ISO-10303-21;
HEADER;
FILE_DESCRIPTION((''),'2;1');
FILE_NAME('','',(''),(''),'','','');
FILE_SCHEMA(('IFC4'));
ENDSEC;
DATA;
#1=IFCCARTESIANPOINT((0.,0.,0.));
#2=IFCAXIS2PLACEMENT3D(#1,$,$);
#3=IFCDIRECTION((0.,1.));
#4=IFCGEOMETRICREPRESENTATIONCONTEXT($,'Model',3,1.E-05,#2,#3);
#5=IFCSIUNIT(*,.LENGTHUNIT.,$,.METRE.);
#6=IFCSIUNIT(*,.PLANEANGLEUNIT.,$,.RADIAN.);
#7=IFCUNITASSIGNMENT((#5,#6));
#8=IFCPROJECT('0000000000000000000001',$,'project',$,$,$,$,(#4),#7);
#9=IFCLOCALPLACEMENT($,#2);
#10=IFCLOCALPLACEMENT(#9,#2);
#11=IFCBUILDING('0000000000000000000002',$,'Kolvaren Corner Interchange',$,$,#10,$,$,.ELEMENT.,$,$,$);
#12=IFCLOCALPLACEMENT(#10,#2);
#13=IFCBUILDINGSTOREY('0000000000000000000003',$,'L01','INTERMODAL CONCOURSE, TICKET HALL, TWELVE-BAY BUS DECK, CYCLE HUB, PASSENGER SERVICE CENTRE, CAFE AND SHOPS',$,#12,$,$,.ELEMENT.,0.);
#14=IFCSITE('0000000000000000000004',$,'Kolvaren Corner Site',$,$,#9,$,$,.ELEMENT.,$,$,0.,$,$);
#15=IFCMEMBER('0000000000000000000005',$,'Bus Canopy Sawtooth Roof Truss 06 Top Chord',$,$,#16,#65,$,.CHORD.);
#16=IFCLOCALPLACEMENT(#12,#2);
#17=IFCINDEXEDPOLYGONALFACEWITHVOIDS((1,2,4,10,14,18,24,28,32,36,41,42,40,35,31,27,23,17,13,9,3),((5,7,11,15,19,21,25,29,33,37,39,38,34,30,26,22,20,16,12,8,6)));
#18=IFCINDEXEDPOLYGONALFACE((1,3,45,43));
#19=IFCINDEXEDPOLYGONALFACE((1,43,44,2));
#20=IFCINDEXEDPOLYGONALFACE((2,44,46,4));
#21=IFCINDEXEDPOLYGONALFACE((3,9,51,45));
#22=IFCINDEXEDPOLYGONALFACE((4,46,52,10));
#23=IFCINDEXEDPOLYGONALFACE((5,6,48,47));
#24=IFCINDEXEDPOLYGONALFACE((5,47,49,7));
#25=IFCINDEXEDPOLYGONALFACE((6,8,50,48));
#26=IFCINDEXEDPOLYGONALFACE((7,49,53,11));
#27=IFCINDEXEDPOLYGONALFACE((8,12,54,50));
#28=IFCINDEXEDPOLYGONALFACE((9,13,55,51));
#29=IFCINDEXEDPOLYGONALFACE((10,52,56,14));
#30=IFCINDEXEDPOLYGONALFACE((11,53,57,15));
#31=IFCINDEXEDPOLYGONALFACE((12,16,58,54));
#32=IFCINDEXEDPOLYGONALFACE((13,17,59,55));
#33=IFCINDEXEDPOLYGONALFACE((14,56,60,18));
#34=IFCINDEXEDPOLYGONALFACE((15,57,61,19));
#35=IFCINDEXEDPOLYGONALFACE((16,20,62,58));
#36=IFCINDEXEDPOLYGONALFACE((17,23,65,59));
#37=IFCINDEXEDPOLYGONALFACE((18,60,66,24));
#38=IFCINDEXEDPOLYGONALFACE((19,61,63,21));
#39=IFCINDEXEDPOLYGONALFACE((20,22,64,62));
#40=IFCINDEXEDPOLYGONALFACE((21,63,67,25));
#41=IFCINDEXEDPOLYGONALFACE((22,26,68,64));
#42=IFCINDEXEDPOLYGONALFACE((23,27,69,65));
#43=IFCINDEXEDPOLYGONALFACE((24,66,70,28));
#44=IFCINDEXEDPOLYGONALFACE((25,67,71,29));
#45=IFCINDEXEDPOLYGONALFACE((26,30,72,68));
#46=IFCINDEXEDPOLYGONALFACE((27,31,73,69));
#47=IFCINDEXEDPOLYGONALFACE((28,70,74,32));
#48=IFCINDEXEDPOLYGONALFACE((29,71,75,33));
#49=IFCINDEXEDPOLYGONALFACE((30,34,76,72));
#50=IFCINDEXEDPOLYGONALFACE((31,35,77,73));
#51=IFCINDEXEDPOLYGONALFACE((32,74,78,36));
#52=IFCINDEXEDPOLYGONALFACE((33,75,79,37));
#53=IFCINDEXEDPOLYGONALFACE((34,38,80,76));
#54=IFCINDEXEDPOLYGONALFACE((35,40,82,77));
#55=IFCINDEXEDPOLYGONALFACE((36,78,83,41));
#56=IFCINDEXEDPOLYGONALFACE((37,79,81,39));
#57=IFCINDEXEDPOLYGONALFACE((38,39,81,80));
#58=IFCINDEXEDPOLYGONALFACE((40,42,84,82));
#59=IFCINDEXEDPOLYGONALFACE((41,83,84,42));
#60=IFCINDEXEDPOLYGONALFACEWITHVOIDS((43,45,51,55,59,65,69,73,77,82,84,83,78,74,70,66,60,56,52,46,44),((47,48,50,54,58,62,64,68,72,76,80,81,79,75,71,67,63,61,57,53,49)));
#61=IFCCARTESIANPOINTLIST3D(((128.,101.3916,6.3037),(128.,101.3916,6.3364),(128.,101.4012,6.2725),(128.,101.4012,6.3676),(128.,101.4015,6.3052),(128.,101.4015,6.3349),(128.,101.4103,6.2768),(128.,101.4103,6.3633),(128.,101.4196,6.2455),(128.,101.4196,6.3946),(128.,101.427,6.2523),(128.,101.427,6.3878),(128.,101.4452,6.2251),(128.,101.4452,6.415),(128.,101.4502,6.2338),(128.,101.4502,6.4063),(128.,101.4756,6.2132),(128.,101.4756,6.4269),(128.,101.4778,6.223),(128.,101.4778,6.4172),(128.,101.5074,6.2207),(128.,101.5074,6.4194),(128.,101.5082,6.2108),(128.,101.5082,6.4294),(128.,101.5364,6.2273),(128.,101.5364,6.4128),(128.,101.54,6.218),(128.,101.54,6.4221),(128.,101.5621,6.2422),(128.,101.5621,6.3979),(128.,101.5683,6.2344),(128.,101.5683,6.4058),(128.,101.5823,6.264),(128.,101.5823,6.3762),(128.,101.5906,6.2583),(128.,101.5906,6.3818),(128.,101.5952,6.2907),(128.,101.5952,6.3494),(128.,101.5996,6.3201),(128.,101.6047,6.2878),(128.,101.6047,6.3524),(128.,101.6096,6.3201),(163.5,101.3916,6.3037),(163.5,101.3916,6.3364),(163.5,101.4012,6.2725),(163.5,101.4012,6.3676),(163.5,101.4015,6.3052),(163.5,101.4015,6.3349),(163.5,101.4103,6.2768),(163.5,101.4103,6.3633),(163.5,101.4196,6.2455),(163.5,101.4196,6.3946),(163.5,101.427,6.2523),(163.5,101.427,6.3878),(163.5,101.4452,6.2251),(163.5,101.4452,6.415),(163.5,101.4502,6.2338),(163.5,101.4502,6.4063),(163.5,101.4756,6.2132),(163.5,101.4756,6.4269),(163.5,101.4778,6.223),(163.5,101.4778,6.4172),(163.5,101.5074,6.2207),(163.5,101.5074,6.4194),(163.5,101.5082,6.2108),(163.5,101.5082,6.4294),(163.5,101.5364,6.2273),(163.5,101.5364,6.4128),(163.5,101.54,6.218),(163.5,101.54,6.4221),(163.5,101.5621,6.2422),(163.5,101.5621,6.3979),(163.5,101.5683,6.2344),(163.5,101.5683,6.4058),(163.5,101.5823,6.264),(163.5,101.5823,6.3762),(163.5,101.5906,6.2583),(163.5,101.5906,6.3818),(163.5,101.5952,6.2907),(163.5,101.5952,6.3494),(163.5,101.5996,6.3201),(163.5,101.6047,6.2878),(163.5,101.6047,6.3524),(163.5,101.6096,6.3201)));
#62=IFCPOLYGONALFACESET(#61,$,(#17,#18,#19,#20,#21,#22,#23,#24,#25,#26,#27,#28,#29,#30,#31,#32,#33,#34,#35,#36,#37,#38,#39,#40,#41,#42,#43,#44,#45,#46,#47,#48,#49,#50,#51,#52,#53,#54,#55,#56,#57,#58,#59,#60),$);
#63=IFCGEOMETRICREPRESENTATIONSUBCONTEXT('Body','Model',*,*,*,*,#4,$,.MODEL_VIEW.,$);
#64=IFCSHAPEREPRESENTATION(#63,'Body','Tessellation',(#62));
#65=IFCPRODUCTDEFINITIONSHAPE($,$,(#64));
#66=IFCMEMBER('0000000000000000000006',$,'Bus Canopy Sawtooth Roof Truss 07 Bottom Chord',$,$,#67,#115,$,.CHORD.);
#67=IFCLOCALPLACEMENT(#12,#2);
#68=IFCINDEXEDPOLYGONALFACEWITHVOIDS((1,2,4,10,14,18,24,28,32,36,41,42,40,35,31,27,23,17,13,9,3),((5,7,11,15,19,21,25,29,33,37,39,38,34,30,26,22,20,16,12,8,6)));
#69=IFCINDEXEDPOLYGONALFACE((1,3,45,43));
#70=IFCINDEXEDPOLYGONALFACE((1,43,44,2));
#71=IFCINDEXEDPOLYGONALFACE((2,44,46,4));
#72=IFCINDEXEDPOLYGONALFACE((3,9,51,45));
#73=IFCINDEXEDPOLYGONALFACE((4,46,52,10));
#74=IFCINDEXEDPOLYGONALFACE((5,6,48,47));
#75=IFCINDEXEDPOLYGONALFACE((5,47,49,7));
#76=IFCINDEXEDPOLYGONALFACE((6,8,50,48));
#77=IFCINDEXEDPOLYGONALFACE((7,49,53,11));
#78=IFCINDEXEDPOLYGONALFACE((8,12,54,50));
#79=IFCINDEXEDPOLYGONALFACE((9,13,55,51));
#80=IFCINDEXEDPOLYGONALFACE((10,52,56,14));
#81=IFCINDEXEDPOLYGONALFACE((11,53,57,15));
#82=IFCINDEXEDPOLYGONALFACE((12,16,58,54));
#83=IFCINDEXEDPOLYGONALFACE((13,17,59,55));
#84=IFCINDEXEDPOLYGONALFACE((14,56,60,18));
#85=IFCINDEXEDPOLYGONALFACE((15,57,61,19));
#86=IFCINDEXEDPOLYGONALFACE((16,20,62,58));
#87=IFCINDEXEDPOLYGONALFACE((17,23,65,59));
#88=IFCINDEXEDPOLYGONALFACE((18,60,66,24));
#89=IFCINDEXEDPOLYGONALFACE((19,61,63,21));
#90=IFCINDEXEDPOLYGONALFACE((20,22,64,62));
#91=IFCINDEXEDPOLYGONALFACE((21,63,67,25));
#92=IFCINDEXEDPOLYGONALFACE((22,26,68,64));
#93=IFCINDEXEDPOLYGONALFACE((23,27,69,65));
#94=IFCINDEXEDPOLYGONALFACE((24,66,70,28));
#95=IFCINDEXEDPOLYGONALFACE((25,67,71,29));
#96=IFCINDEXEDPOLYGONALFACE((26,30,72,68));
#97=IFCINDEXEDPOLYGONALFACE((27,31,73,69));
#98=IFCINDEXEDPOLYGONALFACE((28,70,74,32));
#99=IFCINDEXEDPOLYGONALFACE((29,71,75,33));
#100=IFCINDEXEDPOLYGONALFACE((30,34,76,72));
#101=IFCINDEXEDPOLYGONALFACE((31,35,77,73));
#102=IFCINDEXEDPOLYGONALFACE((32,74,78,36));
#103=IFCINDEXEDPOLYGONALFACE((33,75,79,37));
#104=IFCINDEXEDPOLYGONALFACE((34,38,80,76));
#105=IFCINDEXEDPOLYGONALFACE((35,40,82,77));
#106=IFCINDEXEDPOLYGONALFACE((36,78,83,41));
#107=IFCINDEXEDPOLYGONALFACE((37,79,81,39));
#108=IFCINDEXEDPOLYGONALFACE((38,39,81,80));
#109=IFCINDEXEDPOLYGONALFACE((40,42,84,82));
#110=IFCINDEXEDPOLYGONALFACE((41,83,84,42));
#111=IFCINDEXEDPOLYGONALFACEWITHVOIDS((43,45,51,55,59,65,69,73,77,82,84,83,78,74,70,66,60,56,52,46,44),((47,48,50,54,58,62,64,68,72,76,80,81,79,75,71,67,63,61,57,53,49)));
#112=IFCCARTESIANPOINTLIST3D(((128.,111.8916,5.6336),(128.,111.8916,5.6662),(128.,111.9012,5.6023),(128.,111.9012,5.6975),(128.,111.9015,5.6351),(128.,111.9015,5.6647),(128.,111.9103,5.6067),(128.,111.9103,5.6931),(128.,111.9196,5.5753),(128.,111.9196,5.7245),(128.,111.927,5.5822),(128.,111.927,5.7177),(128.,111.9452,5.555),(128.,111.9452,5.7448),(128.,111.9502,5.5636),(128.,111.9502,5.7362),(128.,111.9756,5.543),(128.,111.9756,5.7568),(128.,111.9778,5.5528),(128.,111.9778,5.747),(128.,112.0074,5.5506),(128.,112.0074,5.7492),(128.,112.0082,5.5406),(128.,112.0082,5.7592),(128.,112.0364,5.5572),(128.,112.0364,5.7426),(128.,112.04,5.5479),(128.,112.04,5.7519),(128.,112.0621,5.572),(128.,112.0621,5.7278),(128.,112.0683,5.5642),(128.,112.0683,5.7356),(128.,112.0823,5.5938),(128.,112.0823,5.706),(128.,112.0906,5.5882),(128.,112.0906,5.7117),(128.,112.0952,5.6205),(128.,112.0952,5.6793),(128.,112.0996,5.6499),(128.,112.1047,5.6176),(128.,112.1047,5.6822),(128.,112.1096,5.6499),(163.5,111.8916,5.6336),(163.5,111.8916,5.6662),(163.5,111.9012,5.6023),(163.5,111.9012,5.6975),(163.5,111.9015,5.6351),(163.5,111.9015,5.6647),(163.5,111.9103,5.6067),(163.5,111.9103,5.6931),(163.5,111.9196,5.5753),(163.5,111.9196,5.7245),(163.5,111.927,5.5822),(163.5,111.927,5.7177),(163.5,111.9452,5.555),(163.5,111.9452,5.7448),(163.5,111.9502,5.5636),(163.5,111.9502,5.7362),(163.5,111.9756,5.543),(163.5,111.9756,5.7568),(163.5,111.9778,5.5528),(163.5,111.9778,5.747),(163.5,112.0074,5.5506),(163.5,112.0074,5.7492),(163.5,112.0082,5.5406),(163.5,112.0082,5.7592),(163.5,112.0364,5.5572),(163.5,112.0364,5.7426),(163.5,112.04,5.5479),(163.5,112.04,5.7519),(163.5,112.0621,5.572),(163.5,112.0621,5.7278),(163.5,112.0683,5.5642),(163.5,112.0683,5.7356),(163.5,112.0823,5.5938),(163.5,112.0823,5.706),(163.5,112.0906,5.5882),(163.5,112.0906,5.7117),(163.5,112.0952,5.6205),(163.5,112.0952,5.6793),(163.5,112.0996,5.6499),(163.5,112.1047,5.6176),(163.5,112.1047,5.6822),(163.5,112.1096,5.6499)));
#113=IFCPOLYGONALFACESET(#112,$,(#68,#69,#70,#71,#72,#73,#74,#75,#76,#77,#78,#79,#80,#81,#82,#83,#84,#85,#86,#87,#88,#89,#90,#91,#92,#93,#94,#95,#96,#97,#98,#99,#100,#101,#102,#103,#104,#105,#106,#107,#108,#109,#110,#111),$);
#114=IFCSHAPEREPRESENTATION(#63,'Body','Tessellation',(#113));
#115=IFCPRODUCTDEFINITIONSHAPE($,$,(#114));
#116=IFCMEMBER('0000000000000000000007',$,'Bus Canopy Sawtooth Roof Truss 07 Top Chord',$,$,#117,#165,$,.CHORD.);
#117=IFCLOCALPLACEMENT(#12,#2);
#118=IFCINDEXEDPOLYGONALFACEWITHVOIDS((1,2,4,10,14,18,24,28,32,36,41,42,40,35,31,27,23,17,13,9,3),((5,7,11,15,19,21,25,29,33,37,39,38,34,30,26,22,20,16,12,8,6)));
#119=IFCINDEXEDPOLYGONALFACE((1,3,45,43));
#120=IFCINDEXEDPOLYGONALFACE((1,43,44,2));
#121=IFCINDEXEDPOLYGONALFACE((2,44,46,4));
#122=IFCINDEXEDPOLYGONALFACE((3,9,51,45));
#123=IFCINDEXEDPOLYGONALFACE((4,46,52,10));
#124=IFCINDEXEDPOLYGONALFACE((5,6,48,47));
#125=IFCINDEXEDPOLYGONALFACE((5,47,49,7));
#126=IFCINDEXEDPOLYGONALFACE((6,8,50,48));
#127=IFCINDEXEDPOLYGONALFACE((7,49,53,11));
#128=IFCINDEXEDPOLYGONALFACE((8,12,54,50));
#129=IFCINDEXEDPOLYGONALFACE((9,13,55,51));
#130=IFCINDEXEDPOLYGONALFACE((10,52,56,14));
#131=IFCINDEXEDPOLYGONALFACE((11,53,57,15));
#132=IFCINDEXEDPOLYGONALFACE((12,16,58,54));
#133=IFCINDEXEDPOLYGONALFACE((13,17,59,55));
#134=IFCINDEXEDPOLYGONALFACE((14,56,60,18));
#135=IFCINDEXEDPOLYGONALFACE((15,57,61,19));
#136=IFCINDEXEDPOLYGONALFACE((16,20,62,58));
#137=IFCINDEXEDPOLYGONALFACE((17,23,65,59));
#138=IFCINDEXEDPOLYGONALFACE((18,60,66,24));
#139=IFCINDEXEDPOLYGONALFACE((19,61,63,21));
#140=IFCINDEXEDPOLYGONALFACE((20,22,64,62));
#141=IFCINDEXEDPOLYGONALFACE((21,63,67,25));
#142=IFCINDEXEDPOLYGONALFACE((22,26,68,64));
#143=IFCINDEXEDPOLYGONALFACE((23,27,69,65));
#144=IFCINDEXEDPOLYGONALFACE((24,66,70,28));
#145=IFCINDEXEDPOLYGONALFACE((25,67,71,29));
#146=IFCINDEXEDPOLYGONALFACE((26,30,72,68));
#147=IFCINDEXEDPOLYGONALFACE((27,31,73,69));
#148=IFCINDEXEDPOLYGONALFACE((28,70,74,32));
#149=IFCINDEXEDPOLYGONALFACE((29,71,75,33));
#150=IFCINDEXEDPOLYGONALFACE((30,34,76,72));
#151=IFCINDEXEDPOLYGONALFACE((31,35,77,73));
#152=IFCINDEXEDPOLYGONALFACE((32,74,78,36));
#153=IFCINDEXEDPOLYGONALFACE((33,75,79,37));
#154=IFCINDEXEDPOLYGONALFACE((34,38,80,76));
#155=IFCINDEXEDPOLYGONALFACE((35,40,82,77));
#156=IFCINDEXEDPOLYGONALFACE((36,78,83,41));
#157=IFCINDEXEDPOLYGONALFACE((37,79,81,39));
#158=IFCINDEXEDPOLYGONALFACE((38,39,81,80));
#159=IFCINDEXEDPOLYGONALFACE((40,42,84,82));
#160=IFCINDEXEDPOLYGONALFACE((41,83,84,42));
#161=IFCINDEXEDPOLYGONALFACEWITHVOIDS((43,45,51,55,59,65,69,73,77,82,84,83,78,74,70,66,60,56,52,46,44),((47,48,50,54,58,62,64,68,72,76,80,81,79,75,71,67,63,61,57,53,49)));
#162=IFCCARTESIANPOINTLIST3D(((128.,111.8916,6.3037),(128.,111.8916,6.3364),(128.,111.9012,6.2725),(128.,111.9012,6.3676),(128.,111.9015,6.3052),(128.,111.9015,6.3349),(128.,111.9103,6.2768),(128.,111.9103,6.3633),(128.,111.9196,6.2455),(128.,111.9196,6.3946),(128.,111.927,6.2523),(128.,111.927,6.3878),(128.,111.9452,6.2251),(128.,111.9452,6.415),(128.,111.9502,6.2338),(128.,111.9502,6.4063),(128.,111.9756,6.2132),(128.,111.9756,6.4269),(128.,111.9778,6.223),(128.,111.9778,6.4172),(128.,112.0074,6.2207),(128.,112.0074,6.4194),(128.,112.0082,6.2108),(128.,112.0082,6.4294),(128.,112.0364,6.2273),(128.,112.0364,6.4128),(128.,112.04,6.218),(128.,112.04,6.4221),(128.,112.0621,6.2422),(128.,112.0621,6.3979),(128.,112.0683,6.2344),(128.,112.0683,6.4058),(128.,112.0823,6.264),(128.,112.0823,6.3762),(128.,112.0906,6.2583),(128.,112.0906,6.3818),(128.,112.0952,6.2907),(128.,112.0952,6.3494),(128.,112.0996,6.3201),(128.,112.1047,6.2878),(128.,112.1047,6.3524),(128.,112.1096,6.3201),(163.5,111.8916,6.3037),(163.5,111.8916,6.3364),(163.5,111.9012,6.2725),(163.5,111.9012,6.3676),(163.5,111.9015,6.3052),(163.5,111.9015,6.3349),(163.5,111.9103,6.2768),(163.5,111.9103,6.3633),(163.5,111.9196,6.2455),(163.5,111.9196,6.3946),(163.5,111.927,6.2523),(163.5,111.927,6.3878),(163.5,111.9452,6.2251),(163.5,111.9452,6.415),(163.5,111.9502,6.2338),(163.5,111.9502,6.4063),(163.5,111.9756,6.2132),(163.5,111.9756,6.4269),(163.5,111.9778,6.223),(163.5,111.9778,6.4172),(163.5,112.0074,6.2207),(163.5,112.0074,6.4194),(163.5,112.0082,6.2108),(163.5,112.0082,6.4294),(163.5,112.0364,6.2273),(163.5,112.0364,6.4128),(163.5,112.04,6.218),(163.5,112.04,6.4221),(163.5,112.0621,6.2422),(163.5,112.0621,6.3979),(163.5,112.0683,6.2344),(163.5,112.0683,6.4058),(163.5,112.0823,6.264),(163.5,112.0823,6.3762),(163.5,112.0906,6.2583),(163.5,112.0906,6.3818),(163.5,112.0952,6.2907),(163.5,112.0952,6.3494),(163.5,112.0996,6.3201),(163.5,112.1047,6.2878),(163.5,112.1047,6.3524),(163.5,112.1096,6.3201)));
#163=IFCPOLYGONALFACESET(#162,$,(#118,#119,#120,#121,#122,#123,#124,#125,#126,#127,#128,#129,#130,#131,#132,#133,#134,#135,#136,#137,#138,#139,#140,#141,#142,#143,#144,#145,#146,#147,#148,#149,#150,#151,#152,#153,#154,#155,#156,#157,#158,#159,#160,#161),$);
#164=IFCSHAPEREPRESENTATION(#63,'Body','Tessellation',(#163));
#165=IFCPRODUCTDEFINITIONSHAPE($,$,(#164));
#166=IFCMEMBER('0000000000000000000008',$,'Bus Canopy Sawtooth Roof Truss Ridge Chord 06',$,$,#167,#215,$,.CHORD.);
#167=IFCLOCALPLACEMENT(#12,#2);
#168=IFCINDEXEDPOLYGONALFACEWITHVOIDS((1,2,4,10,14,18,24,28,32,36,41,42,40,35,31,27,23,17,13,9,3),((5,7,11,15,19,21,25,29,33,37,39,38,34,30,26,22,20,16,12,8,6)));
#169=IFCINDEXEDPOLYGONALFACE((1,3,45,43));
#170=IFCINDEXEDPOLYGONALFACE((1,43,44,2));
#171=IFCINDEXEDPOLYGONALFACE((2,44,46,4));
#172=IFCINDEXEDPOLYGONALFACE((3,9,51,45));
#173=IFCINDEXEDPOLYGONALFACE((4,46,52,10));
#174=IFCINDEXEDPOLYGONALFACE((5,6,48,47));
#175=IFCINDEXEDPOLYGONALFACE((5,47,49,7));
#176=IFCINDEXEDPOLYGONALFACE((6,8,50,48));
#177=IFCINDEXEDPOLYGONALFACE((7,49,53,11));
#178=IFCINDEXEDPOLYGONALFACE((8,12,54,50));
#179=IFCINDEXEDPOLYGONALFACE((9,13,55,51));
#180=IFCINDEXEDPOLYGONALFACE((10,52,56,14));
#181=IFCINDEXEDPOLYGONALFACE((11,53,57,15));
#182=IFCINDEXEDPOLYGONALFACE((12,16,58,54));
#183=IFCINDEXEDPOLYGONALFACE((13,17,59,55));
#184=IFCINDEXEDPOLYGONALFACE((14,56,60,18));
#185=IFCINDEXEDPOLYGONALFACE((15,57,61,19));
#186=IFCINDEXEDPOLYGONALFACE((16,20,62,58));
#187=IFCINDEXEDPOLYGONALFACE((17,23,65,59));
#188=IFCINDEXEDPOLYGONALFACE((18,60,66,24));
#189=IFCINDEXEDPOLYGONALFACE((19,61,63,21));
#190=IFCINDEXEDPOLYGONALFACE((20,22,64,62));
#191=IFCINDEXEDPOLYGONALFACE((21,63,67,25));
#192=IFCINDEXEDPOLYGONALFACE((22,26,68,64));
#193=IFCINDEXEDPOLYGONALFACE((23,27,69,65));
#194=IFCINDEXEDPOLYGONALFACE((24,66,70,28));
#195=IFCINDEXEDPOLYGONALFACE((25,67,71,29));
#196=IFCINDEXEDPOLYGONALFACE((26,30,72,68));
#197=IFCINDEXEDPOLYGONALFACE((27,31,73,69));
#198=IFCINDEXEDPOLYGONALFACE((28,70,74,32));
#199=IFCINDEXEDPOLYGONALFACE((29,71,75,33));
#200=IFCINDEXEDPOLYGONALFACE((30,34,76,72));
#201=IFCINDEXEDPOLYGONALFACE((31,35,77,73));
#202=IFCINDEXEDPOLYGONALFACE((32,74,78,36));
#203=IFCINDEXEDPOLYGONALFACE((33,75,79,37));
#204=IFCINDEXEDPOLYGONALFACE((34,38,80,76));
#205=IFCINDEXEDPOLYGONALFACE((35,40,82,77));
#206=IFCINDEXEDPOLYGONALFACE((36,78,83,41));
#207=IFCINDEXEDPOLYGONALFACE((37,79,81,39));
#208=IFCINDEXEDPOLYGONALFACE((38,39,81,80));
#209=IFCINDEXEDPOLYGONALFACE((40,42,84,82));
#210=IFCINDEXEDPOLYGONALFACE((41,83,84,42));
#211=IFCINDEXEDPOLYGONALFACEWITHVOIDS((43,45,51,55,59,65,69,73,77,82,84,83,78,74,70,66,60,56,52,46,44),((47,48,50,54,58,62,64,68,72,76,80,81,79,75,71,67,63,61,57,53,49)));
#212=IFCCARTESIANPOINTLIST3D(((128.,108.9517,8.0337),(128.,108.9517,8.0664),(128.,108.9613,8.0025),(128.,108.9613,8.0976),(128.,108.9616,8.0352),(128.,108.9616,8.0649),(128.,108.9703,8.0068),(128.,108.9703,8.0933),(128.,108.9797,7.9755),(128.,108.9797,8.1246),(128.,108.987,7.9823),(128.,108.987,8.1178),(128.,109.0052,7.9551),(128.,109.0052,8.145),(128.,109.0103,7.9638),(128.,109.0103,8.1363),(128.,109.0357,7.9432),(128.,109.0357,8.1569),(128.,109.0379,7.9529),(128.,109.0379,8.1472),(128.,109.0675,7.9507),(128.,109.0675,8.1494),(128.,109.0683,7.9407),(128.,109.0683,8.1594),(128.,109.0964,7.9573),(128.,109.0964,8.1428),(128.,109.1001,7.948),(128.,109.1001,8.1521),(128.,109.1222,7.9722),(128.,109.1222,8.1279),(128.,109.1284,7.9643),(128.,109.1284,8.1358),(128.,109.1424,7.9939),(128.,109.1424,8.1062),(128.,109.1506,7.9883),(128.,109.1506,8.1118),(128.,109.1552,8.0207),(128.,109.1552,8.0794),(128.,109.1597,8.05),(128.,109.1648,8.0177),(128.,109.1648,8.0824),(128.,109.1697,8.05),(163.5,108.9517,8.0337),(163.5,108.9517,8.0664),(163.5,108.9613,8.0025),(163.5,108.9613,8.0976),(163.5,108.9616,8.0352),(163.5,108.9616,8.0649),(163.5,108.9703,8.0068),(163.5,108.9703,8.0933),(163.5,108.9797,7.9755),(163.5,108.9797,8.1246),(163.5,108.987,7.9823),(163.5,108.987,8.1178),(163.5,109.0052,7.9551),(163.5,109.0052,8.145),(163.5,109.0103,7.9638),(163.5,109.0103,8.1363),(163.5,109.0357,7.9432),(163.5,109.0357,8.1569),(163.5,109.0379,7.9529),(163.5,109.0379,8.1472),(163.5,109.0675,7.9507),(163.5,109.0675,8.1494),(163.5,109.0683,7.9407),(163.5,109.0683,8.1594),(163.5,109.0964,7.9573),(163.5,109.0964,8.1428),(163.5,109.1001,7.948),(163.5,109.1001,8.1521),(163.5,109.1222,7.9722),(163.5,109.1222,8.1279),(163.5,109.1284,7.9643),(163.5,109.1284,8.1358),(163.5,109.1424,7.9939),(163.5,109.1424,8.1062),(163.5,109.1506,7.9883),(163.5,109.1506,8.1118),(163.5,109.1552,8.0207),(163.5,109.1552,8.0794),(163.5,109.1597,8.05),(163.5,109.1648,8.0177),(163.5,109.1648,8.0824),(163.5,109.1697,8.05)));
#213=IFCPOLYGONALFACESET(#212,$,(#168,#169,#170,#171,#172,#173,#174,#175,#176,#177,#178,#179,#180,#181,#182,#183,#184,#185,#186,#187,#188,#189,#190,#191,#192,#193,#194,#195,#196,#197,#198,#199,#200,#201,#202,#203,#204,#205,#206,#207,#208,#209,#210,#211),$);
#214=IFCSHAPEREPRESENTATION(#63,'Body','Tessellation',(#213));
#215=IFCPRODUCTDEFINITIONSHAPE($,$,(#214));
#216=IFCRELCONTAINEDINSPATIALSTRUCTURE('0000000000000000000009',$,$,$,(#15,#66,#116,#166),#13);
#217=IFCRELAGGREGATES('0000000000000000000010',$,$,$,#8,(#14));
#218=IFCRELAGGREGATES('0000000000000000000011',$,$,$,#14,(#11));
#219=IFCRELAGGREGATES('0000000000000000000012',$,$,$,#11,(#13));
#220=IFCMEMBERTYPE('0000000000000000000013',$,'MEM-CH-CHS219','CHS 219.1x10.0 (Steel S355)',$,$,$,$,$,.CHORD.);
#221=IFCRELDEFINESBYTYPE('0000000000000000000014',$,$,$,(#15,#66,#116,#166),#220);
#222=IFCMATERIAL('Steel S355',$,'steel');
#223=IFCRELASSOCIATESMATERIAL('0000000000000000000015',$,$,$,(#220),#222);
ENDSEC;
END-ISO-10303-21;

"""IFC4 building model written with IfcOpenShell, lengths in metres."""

from ifc_helpers import new_model, si_unit, direction, frame, origin, origin_2d, place, context, subcontext, project, spatial, hollow_circle, extrude, material, material_profile, profile_set, type_object, element, save


model = new_model("IFC4")

# Units and contexts
model_context = context("Model", 3, precision=1e-05, world=origin(), true_north=direction((0.0, 1.0)))
body_context = subcontext(model_context, "Body", "Model", "MODEL_VIEW")
ifc_project = project(units=[si_unit("LENGTHUNIT", "METRE"), si_unit("PLANEANGLEUNIT", "RADIAN")], contexts=[model_context])

# Site, building, storey
site_placement = place(None, origin())
site = spatial("IfcSite", under=ifc_project, at=site_placement, Name="Kolvaren Corner Site", CompositionType="ELEMENT", RefElevation=0.0)
building_placement = place(site_placement, origin())
building = spatial("IfcBuilding", under=site, at=building_placement, Name="Kolvaren Corner Interchange", CompositionType="ELEMENT")
storey_placement = place(building_placement, origin())
storey = spatial("IfcBuildingStorey", under=building, at=storey_placement, Name="L01", Description="INTERMODAL CONCOURSE, TICKET HALL, TWELVE-BAY BUS DECK, CYCLE HUB, PASSENGER SERVICE CENTRE, CAFE AND SHOPS", CompositionType="ELEMENT", Elevation=0.0)

# Members
ifc_material_1 = material(Name="Steel S355", Category="steel")
ifc_material_profile_1 = material_profile(ifc_material_1, hollow_circle(Radius=0.1096, WallThickness=0.01, at=origin_2d()), Name="CHS 219.1x10.0")
ifc_profile_set_1 = profile_set([ifc_material_profile_1], Name="Steel S355")
member_type_1 = type_object("IfcMemberType", Name="MEM-CH-CHS219", Description="CHS 219.1x10.0 (Steel S355)", PredefinedType="CHORD", material=ifc_profile_set_1)
for number, where, z_axis, x_axis, name in (
    (1, (128.0, 101.5, 6.3201), (1.0, 0.0, 0.0), (0.0, 1.0, 0.0), "Bus Canopy Sawtooth Roof Truss 06 Top Chord"),
    (2, (128.0, 112.0, 5.6499), (1.0, 0.0, 0.0), (0.0, 1.0, 0.0), "Bus Canopy Sawtooth Roof Truss 07 Bottom Chord"),
    (3, (128.0, 112.0, 6.3201), (1.0, 0.0, 0.0), (0.0, 1.0, 0.0), "Bus Canopy Sawtooth Roof Truss 07 Top Chord"),
    (4, (128.0, 109.0601, 8.05), (1.0, 0.0, 0.0), (0.0, 1.0, 0.0), "Bus Canopy Sawtooth Roof Truss Ridge Chord 06"),
):
    element("IfcMember", number, at=place(storey_placement, frame(where, z_axis=z_axis, x_axis=x_axis)), inside=storey, type_object=member_type_1, Name=name, PredefinedType="CHORD", context=body_context, shape_type="SweptSolid", body=[
        extrude(hollow_circle(Radius=0.1096, WallThickness=0.01, at=origin_2d()), origin(), (0.0, 0.0, 1.0), 35.5),
    ])

save(model, "model.ifc")
